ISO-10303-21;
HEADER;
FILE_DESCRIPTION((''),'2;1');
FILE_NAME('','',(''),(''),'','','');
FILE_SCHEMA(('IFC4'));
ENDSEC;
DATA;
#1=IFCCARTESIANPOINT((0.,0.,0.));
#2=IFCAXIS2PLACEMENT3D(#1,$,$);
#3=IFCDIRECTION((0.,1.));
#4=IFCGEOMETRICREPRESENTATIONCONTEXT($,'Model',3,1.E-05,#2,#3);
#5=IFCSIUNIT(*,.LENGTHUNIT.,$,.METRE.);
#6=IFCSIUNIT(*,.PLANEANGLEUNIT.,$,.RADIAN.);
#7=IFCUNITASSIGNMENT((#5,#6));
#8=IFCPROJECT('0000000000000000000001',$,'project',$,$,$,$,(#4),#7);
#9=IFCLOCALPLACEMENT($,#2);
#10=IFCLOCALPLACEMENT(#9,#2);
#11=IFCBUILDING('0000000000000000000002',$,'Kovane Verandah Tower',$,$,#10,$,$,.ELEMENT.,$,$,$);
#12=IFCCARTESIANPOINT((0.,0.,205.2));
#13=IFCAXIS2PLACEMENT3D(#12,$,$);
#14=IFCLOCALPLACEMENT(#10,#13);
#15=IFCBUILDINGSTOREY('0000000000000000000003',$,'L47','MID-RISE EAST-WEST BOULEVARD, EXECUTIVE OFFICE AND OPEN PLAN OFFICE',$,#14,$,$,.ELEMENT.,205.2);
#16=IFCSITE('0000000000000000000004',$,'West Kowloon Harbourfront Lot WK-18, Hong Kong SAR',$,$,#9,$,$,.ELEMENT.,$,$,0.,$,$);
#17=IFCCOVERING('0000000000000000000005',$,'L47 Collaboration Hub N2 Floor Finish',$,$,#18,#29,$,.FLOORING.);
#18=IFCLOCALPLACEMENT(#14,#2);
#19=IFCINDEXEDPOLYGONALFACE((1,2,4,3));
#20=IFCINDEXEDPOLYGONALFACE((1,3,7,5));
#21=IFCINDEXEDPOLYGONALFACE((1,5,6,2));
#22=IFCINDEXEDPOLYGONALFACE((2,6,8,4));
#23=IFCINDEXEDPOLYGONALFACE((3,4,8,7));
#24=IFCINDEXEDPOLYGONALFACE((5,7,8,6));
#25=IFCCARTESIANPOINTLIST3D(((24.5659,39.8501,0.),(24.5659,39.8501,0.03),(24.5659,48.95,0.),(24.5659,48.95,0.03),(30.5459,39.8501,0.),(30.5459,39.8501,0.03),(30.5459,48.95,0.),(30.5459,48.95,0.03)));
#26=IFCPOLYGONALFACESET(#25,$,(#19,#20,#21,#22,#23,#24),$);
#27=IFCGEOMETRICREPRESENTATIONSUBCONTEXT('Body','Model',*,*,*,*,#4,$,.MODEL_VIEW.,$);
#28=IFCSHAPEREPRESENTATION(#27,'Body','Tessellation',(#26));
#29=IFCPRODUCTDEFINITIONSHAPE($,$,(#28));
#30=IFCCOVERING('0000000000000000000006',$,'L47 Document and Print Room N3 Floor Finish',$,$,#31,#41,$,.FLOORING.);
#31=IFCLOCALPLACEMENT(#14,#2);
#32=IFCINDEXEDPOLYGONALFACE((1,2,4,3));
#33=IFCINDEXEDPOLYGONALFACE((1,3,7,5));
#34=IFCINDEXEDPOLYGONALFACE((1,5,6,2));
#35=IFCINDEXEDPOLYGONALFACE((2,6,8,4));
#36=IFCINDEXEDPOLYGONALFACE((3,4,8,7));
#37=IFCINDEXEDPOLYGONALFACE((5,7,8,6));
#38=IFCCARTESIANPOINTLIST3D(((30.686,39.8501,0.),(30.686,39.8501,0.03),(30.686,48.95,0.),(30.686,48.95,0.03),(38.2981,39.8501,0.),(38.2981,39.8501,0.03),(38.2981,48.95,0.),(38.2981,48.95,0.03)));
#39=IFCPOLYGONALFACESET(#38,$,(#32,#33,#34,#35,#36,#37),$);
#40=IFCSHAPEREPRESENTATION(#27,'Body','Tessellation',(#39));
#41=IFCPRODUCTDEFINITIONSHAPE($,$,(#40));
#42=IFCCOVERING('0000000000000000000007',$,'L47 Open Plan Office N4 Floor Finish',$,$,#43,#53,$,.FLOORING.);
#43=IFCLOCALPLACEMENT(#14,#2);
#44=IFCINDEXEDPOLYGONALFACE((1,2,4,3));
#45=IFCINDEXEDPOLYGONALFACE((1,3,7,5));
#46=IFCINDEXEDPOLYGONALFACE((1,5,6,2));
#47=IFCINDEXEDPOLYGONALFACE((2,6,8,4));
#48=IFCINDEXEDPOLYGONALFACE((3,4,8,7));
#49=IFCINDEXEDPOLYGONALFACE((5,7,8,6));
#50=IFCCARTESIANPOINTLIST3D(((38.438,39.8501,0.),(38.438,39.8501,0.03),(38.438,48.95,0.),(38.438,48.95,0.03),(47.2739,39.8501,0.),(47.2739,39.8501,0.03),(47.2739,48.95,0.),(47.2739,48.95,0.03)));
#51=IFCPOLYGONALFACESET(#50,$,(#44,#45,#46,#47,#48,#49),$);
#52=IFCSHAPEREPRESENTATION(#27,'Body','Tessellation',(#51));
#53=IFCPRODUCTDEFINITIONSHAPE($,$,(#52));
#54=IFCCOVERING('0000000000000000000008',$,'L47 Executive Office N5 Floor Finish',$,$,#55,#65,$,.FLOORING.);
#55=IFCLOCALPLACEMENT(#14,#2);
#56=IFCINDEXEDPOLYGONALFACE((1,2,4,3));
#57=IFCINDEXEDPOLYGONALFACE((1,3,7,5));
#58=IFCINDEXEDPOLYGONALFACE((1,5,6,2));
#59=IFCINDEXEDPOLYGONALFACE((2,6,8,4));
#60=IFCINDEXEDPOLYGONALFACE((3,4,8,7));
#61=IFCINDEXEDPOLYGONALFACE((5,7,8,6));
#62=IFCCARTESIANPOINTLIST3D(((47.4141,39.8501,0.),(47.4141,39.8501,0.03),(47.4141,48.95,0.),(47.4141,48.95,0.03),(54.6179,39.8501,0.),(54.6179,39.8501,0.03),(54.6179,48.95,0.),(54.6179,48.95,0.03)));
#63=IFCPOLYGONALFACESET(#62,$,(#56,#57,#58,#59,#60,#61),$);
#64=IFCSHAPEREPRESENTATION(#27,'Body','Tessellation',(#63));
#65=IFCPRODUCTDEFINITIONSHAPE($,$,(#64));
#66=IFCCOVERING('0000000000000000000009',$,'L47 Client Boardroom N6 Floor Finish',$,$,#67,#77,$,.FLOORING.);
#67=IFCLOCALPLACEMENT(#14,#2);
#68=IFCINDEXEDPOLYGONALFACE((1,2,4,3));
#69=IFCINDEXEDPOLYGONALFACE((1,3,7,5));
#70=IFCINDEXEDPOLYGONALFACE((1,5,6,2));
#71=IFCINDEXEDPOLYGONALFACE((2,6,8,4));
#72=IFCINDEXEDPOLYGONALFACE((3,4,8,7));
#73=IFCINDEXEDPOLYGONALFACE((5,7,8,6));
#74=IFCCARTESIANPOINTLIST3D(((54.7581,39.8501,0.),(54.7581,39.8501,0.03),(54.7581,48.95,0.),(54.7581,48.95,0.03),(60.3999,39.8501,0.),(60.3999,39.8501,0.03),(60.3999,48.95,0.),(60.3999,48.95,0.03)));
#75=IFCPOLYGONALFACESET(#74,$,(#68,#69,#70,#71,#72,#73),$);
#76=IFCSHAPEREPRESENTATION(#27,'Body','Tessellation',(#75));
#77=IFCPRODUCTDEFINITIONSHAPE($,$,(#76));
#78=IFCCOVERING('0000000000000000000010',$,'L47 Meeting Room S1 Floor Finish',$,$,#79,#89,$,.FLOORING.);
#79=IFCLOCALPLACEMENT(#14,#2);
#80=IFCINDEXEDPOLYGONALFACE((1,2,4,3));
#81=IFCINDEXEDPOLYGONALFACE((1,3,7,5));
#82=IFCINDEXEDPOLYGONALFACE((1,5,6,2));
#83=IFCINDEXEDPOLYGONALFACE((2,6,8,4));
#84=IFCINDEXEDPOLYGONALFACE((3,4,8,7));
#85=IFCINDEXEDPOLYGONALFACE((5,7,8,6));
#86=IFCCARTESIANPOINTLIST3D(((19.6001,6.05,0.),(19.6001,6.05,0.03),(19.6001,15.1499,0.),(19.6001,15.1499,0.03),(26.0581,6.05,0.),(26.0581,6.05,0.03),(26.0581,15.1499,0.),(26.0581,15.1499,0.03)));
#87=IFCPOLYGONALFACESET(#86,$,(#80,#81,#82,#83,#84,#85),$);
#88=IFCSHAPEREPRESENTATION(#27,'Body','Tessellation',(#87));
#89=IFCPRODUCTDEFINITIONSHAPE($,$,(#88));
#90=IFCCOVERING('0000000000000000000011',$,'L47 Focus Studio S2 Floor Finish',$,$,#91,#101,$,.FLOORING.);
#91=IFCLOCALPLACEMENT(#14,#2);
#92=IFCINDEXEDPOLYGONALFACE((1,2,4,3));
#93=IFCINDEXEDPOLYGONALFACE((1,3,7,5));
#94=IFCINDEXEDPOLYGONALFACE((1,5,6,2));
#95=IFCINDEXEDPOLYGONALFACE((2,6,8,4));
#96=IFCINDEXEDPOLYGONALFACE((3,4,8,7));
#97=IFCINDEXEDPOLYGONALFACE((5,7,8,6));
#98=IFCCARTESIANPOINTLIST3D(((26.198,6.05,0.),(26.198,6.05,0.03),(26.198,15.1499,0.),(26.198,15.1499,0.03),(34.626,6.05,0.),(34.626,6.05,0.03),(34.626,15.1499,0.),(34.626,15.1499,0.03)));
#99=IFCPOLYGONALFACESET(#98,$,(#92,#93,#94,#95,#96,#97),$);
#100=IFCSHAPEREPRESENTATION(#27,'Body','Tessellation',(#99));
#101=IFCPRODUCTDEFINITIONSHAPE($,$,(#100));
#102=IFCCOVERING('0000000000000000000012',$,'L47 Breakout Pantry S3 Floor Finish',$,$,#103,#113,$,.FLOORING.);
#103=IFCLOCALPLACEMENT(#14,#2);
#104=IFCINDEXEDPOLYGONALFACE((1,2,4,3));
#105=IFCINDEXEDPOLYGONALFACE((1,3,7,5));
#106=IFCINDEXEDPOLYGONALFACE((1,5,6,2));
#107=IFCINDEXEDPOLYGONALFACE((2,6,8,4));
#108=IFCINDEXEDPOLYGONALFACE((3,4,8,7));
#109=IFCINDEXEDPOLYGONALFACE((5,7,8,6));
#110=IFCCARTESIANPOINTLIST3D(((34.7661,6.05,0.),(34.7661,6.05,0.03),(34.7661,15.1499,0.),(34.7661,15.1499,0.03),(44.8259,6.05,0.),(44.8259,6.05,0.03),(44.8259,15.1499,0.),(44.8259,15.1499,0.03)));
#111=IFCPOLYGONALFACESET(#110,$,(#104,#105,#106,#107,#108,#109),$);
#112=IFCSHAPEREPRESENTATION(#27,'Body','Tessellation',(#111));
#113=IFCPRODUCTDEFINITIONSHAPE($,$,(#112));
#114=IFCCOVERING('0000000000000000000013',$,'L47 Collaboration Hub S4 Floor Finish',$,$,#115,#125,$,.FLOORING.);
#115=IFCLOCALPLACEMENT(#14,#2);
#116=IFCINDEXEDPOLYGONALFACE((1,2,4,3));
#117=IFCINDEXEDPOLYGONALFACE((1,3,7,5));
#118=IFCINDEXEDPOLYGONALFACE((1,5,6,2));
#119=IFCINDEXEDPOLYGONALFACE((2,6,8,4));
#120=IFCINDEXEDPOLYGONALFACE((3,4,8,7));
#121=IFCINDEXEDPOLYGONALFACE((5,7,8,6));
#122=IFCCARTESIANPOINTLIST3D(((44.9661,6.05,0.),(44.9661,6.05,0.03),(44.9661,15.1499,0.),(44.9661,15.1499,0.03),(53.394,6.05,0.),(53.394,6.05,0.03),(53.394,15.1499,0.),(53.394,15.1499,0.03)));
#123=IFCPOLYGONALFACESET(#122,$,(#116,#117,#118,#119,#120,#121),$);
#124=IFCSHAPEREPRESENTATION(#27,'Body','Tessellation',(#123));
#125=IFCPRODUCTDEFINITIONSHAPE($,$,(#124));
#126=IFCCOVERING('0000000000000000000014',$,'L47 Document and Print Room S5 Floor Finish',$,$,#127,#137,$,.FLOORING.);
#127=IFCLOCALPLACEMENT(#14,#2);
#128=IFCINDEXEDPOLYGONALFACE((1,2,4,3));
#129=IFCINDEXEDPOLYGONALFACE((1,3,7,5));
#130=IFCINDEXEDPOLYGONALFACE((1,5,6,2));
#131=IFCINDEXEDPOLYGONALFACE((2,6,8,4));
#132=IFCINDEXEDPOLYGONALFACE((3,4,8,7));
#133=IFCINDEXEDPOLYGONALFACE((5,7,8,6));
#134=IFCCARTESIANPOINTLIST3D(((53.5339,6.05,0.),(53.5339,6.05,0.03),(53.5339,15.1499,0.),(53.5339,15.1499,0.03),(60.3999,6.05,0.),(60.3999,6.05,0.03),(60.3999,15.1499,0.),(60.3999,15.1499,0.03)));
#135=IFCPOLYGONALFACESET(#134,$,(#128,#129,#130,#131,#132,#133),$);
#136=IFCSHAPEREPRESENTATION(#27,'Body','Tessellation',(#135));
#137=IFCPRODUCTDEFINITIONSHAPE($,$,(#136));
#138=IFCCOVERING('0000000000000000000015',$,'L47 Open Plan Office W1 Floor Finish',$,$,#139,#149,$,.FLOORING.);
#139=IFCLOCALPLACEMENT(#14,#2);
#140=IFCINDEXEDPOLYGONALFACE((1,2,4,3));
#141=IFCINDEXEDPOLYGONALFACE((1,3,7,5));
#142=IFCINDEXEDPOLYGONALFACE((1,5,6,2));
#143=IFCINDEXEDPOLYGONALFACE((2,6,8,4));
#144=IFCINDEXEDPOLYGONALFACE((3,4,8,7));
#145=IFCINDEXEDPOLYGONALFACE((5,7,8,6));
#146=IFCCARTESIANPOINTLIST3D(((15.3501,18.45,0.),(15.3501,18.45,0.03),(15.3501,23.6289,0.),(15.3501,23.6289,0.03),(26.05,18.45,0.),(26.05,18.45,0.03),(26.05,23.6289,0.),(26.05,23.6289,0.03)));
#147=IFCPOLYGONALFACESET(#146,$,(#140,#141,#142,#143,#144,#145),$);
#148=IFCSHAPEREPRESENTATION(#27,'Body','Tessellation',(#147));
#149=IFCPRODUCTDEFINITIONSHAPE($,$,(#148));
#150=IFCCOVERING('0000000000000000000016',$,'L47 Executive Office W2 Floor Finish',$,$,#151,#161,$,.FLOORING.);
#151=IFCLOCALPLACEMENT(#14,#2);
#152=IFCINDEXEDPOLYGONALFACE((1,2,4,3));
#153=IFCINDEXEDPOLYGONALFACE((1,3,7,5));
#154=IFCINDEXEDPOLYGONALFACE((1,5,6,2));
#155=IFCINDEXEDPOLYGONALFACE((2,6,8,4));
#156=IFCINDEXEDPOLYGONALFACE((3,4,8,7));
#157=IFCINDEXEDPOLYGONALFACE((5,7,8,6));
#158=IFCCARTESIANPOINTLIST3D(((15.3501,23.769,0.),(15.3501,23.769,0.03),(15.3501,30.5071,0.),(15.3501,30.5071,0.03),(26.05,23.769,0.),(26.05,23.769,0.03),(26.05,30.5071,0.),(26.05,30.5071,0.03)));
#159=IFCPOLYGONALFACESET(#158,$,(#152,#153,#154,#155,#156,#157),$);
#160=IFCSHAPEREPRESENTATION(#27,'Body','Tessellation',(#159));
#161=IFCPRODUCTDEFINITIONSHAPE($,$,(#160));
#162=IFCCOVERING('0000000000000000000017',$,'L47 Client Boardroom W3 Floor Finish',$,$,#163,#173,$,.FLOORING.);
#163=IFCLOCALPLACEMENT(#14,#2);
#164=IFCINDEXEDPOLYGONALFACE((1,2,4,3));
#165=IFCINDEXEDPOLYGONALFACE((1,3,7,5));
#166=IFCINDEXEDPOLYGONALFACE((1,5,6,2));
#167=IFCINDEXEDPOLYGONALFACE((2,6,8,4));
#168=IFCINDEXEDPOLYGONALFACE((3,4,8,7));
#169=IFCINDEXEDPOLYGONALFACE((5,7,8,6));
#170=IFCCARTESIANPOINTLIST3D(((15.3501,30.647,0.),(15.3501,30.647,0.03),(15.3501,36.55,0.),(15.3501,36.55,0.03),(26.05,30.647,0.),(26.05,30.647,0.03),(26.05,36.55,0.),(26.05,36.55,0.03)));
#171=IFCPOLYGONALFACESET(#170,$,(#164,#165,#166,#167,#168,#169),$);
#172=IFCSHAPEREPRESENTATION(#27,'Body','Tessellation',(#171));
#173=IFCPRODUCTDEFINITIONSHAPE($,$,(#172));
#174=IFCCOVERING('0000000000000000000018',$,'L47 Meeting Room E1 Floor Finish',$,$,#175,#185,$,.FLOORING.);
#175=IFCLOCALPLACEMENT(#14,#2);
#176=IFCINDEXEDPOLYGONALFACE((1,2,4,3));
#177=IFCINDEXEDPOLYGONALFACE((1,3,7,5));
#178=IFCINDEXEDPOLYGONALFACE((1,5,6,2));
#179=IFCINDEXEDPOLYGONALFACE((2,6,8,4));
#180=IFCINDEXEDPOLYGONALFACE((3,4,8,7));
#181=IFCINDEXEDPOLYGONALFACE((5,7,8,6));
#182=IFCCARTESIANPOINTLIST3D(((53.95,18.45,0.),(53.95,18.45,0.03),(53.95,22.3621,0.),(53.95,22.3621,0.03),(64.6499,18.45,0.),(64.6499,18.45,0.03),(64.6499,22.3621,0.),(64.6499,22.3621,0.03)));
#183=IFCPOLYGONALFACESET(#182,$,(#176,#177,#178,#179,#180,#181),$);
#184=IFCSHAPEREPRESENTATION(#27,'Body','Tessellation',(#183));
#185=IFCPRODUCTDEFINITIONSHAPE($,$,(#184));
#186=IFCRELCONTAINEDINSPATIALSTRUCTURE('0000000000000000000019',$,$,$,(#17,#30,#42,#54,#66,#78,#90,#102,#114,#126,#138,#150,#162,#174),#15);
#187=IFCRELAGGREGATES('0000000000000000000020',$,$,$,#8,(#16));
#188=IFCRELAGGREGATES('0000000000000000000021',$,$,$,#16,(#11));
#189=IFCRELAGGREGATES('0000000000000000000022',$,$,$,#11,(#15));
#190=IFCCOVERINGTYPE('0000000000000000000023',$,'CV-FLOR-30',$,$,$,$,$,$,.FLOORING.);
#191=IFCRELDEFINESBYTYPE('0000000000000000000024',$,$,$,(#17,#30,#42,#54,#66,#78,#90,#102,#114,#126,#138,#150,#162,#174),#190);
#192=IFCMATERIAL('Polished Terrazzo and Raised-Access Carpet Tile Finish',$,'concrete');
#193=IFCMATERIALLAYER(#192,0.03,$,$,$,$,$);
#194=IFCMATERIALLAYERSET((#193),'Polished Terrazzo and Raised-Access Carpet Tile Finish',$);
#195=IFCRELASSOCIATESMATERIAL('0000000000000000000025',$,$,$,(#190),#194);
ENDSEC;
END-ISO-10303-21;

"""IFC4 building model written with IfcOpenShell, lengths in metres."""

from ifc_helpers import new_model, si_unit, direction, frame, origin, place, context, subcontext, project, spatial, polyline, outline, extrude, material, layer, layer_set, type_object, element, save


model = new_model("IFC4")

# Units and contexts
model_context = context("Model", 3, precision=1e-05, world=origin(), true_north=direction((0.0, 1.0)))
body_context = subcontext(model_context, "Body", "Model", "MODEL_VIEW")
ifc_project = project(units=[si_unit("LENGTHUNIT", "METRE"), si_unit("PLANEANGLEUNIT", "RADIAN")], contexts=[model_context])

# Site, building, storey
site_placement = place(None, origin())
site = spatial("IfcSite", under=ifc_project, at=site_placement, Name="West Kowloon Harbourfront Lot WK-18, Hong Kong SAR", CompositionType="ELEMENT", RefElevation=0.0)
building_placement = place(site_placement, origin())
building = spatial("IfcBuilding", under=site, at=building_placement, Name="Kovane Verandah Tower", CompositionType="ELEMENT")
storey_placement = place(building_placement, frame((0.0, 0.0, 205.2)))
storey = spatial("IfcBuildingStorey", under=building, at=storey_placement, Name="L47", Description="MID-RISE EAST-WEST BOULEVARD, EXECUTIVE OFFICE AND OPEN PLAN OFFICE", CompositionType="ELEMENT", Elevation=205.2)

# Coverings
ifc_material_1 = material(Name="Polished Terrazzo and Raised-Access Carpet Tile Finish", Category="concrete")
ifc_layer_1 = layer(ifc_material_1, 0.03)
ifc_layer_set_1 = layer_set([ifc_layer_1], Name="Polished Terrazzo and Raised-Access Carpet Tile Finish")
covering_type = type_object("IfcCoveringType", Name="CV-FLOR-30", PredefinedType="FLOORING", material=ifc_layer_set_1)
covering_1_placement = place(storey_placement, origin())
element("IfcCovering", 1, at=covering_1_placement, inside=storey, type_object=covering_type, Name="L47 Collaboration Hub N2 Floor Finish", PredefinedType="FLOORING", context=body_context, shape_type="SweptSolid", body=[
    extrude(outline(polyline([(24.5659, 39.8501), (30.5459, 39.8501), (30.5459, 48.95), (24.5659, 48.95), (24.5659, 39.8501)])), origin(), (0.0, 0.0, 1.0), 0.03),
])
covering_2_placement = place(storey_placement, origin())
element("IfcCovering", 2, at=covering_2_placement, inside=storey, type_object=covering_type, Name="L47 Document and Print Room N3 Floor Finish", PredefinedType="FLOORING", context=body_context, shape_type="SweptSolid", body=[
    extrude(outline(polyline([(30.686, 39.8501), (38.2981, 39.8501), (38.2981, 48.95), (30.686, 48.95), (30.686, 39.8501)])), origin(), (0.0, 0.0, 1.0), 0.03),
])
covering_3_placement = place(storey_placement, origin())
element("IfcCovering", 3, at=covering_3_placement, inside=storey, type_object=covering_type, Name="L47 Open Plan Office N4 Floor Finish", PredefinedType="FLOORING", context=body_context, shape_type="SweptSolid", body=[
    extrude(outline(polyline([(38.438, 39.8501), (47.2739, 39.8501), (47.2739, 48.95), (38.438, 48.95), (38.438, 39.8501)])), origin(), (0.0, 0.0, 1.0), 0.03),
])
covering_4_placement = place(storey_placement, origin())
element("IfcCovering", 4, at=covering_4_placement, inside=storey, type_object=covering_type, Name="L47 Executive Office N5 Floor Finish", PredefinedType="FLOORING", context=body_context, shape_type="SweptSolid", body=[
    extrude(outline(polyline([(47.4141, 39.8501), (54.6179, 39.8501), (54.6179, 48.95), (47.4141, 48.95), (47.4141, 39.8501)])), origin(), (0.0, 0.0, 1.0), 0.03),
])
covering_5_placement = place(storey_placement, origin())
element("IfcCovering", 5, at=covering_5_placement, inside=storey, type_object=covering_type, Name="L47 Client Boardroom N6 Floor Finish", PredefinedType="FLOORING", context=body_context, shape_type="SweptSolid", body=[
    extrude(outline(polyline([(54.7581, 39.8501), (60.3999, 39.8501), (60.3999, 48.95), (54.7581, 48.95), (54.7581, 39.8501)])), origin(), (0.0, 0.0, 1.0), 0.03),
])
covering_6_placement = place(storey_placement, origin())
element("IfcCovering", 6, at=covering_6_placement, inside=storey, type_object=covering_type, Name="L47 Meeting Room S1 Floor Finish", PredefinedType="FLOORING", context=body_context, shape_type="SweptSolid", body=[
    extrude(outline(polyline([(19.6001, 6.05), (26.0581, 6.05), (26.0581, 15.1499), (19.6001, 15.1499), (19.6001, 6.05)])), origin(), (0.0, 0.0, 1.0), 0.03),
])
covering_7_placement = place(storey_placement, origin())
element("IfcCovering", 7, at=covering_7_placement, inside=storey, type_object=covering_type, Name="L47 Focus Studio S2 Floor Finish", PredefinedType="FLOORING", context=body_context, shape_type="SweptSolid", body=[
    extrude(outline(polyline([(26.198, 6.05), (34.626, 6.05), (34.626, 15.1499), (26.198, 15.1499), (26.198, 6.05)])), origin(), (0.0, 0.0, 1.0), 0.03),
])
covering_8_placement = place(storey_placement, origin())
element("IfcCovering", 8, at=covering_8_placement, inside=storey, type_object=covering_type, Name="L47 Breakout Pantry S3 Floor Finish", PredefinedType="FLOORING", context=body_context, shape_type="SweptSolid", body=[
    extrude(outline(polyline([(34.7661, 6.05), (44.8259, 6.05), (44.8259, 15.1499), (34.7661, 15.1499), (34.7661, 6.05)])), origin(), (0.0, 0.0, 1.0), 0.03),
])
covering_9_placement = place(storey_placement, origin())
element("IfcCovering", 9, at=covering_9_placement, inside=storey, type_object=covering_type, Name="L47 Collaboration Hub S4 Floor Finish", PredefinedType="FLOORING", context=body_context, shape_type="SweptSolid", body=[
    extrude(outline(polyline([(44.9661, 6.05), (53.394, 6.05), (53.394, 15.1499), (44.9661, 15.1499), (44.9661, 6.05)])), origin(), (0.0, 0.0, 1.0), 0.03),
])
covering_10_placement = place(storey_placement, origin())
element("IfcCovering", 10, at=covering_10_placement, inside=storey, type_object=covering_type, Name="L47 Document and Print Room S5 Floor Finish", PredefinedType="FLOORING", context=body_context, shape_type="SweptSolid", body=[
    extrude(outline(polyline([(53.5339, 6.05), (60.3999, 6.05), (60.3999, 15.1499), (53.5339, 15.1499), (53.5339, 6.05)])), origin(), (0.0, 0.0, 1.0), 0.03),
])
covering_11_placement = place(storey_placement, origin())
element("IfcCovering", 11, at=covering_11_placement, inside=storey, type_object=covering_type, Name="L47 Open Plan Office W1 Floor Finish", PredefinedType="FLOORING", context=body_context, shape_type="SweptSolid", body=[
    extrude(outline(polyline([(15.3501, 18.45), (26.05, 18.45), (26.05, 23.6289), (15.3501, 23.6289), (15.3501, 18.45)])), origin(), (0.0, 0.0, 1.0), 0.03),
])
covering_12_placement = place(storey_placement, origin())
element("IfcCovering", 12, at=covering_12_placement, inside=storey, type_object=covering_type, Name="L47 Executive Office W2 Floor Finish", PredefinedType="FLOORING", context=body_context, shape_type="SweptSolid", body=[
    extrude(outline(polyline([(15.3501, 23.769), (26.05, 23.769), (26.05, 30.5071), (15.3501, 30.5071), (15.3501, 23.769)])), origin(), (0.0, 0.0, 1.0), 0.03),
])
covering_13_placement = place(storey_placement, origin())
element("IfcCovering", 13, at=covering_13_placement, inside=storey, type_object=covering_type, Name="L47 Client Boardroom W3 Floor Finish", PredefinedType="FLOORING", context=body_context, shape_type="SweptSolid", body=[
    extrude(outline(polyline([(15.3501, 30.647), (26.05, 30.647), (26.05, 36.55), (15.3501, 36.55), (15.3501, 30.647)])), origin(), (0.0, 0.0, 1.0), 0.03),
])
covering_14_placement = place(storey_placement, origin())
element("IfcCovering", 14, at=covering_14_placement, inside=storey, type_object=covering_type, Name="L47 Meeting Room E1 Floor Finish", PredefinedType="FLOORING", context=body_context, shape_type="SweptSolid", body=[
    extrude(outline(polyline([(53.95, 18.45), (64.6499, 18.45), (64.6499, 22.3621), (53.95, 22.3621), (53.95, 18.45)])), origin(), (0.0, 0.0, 1.0), 0.03),
])

save(model, "model.ifc")
